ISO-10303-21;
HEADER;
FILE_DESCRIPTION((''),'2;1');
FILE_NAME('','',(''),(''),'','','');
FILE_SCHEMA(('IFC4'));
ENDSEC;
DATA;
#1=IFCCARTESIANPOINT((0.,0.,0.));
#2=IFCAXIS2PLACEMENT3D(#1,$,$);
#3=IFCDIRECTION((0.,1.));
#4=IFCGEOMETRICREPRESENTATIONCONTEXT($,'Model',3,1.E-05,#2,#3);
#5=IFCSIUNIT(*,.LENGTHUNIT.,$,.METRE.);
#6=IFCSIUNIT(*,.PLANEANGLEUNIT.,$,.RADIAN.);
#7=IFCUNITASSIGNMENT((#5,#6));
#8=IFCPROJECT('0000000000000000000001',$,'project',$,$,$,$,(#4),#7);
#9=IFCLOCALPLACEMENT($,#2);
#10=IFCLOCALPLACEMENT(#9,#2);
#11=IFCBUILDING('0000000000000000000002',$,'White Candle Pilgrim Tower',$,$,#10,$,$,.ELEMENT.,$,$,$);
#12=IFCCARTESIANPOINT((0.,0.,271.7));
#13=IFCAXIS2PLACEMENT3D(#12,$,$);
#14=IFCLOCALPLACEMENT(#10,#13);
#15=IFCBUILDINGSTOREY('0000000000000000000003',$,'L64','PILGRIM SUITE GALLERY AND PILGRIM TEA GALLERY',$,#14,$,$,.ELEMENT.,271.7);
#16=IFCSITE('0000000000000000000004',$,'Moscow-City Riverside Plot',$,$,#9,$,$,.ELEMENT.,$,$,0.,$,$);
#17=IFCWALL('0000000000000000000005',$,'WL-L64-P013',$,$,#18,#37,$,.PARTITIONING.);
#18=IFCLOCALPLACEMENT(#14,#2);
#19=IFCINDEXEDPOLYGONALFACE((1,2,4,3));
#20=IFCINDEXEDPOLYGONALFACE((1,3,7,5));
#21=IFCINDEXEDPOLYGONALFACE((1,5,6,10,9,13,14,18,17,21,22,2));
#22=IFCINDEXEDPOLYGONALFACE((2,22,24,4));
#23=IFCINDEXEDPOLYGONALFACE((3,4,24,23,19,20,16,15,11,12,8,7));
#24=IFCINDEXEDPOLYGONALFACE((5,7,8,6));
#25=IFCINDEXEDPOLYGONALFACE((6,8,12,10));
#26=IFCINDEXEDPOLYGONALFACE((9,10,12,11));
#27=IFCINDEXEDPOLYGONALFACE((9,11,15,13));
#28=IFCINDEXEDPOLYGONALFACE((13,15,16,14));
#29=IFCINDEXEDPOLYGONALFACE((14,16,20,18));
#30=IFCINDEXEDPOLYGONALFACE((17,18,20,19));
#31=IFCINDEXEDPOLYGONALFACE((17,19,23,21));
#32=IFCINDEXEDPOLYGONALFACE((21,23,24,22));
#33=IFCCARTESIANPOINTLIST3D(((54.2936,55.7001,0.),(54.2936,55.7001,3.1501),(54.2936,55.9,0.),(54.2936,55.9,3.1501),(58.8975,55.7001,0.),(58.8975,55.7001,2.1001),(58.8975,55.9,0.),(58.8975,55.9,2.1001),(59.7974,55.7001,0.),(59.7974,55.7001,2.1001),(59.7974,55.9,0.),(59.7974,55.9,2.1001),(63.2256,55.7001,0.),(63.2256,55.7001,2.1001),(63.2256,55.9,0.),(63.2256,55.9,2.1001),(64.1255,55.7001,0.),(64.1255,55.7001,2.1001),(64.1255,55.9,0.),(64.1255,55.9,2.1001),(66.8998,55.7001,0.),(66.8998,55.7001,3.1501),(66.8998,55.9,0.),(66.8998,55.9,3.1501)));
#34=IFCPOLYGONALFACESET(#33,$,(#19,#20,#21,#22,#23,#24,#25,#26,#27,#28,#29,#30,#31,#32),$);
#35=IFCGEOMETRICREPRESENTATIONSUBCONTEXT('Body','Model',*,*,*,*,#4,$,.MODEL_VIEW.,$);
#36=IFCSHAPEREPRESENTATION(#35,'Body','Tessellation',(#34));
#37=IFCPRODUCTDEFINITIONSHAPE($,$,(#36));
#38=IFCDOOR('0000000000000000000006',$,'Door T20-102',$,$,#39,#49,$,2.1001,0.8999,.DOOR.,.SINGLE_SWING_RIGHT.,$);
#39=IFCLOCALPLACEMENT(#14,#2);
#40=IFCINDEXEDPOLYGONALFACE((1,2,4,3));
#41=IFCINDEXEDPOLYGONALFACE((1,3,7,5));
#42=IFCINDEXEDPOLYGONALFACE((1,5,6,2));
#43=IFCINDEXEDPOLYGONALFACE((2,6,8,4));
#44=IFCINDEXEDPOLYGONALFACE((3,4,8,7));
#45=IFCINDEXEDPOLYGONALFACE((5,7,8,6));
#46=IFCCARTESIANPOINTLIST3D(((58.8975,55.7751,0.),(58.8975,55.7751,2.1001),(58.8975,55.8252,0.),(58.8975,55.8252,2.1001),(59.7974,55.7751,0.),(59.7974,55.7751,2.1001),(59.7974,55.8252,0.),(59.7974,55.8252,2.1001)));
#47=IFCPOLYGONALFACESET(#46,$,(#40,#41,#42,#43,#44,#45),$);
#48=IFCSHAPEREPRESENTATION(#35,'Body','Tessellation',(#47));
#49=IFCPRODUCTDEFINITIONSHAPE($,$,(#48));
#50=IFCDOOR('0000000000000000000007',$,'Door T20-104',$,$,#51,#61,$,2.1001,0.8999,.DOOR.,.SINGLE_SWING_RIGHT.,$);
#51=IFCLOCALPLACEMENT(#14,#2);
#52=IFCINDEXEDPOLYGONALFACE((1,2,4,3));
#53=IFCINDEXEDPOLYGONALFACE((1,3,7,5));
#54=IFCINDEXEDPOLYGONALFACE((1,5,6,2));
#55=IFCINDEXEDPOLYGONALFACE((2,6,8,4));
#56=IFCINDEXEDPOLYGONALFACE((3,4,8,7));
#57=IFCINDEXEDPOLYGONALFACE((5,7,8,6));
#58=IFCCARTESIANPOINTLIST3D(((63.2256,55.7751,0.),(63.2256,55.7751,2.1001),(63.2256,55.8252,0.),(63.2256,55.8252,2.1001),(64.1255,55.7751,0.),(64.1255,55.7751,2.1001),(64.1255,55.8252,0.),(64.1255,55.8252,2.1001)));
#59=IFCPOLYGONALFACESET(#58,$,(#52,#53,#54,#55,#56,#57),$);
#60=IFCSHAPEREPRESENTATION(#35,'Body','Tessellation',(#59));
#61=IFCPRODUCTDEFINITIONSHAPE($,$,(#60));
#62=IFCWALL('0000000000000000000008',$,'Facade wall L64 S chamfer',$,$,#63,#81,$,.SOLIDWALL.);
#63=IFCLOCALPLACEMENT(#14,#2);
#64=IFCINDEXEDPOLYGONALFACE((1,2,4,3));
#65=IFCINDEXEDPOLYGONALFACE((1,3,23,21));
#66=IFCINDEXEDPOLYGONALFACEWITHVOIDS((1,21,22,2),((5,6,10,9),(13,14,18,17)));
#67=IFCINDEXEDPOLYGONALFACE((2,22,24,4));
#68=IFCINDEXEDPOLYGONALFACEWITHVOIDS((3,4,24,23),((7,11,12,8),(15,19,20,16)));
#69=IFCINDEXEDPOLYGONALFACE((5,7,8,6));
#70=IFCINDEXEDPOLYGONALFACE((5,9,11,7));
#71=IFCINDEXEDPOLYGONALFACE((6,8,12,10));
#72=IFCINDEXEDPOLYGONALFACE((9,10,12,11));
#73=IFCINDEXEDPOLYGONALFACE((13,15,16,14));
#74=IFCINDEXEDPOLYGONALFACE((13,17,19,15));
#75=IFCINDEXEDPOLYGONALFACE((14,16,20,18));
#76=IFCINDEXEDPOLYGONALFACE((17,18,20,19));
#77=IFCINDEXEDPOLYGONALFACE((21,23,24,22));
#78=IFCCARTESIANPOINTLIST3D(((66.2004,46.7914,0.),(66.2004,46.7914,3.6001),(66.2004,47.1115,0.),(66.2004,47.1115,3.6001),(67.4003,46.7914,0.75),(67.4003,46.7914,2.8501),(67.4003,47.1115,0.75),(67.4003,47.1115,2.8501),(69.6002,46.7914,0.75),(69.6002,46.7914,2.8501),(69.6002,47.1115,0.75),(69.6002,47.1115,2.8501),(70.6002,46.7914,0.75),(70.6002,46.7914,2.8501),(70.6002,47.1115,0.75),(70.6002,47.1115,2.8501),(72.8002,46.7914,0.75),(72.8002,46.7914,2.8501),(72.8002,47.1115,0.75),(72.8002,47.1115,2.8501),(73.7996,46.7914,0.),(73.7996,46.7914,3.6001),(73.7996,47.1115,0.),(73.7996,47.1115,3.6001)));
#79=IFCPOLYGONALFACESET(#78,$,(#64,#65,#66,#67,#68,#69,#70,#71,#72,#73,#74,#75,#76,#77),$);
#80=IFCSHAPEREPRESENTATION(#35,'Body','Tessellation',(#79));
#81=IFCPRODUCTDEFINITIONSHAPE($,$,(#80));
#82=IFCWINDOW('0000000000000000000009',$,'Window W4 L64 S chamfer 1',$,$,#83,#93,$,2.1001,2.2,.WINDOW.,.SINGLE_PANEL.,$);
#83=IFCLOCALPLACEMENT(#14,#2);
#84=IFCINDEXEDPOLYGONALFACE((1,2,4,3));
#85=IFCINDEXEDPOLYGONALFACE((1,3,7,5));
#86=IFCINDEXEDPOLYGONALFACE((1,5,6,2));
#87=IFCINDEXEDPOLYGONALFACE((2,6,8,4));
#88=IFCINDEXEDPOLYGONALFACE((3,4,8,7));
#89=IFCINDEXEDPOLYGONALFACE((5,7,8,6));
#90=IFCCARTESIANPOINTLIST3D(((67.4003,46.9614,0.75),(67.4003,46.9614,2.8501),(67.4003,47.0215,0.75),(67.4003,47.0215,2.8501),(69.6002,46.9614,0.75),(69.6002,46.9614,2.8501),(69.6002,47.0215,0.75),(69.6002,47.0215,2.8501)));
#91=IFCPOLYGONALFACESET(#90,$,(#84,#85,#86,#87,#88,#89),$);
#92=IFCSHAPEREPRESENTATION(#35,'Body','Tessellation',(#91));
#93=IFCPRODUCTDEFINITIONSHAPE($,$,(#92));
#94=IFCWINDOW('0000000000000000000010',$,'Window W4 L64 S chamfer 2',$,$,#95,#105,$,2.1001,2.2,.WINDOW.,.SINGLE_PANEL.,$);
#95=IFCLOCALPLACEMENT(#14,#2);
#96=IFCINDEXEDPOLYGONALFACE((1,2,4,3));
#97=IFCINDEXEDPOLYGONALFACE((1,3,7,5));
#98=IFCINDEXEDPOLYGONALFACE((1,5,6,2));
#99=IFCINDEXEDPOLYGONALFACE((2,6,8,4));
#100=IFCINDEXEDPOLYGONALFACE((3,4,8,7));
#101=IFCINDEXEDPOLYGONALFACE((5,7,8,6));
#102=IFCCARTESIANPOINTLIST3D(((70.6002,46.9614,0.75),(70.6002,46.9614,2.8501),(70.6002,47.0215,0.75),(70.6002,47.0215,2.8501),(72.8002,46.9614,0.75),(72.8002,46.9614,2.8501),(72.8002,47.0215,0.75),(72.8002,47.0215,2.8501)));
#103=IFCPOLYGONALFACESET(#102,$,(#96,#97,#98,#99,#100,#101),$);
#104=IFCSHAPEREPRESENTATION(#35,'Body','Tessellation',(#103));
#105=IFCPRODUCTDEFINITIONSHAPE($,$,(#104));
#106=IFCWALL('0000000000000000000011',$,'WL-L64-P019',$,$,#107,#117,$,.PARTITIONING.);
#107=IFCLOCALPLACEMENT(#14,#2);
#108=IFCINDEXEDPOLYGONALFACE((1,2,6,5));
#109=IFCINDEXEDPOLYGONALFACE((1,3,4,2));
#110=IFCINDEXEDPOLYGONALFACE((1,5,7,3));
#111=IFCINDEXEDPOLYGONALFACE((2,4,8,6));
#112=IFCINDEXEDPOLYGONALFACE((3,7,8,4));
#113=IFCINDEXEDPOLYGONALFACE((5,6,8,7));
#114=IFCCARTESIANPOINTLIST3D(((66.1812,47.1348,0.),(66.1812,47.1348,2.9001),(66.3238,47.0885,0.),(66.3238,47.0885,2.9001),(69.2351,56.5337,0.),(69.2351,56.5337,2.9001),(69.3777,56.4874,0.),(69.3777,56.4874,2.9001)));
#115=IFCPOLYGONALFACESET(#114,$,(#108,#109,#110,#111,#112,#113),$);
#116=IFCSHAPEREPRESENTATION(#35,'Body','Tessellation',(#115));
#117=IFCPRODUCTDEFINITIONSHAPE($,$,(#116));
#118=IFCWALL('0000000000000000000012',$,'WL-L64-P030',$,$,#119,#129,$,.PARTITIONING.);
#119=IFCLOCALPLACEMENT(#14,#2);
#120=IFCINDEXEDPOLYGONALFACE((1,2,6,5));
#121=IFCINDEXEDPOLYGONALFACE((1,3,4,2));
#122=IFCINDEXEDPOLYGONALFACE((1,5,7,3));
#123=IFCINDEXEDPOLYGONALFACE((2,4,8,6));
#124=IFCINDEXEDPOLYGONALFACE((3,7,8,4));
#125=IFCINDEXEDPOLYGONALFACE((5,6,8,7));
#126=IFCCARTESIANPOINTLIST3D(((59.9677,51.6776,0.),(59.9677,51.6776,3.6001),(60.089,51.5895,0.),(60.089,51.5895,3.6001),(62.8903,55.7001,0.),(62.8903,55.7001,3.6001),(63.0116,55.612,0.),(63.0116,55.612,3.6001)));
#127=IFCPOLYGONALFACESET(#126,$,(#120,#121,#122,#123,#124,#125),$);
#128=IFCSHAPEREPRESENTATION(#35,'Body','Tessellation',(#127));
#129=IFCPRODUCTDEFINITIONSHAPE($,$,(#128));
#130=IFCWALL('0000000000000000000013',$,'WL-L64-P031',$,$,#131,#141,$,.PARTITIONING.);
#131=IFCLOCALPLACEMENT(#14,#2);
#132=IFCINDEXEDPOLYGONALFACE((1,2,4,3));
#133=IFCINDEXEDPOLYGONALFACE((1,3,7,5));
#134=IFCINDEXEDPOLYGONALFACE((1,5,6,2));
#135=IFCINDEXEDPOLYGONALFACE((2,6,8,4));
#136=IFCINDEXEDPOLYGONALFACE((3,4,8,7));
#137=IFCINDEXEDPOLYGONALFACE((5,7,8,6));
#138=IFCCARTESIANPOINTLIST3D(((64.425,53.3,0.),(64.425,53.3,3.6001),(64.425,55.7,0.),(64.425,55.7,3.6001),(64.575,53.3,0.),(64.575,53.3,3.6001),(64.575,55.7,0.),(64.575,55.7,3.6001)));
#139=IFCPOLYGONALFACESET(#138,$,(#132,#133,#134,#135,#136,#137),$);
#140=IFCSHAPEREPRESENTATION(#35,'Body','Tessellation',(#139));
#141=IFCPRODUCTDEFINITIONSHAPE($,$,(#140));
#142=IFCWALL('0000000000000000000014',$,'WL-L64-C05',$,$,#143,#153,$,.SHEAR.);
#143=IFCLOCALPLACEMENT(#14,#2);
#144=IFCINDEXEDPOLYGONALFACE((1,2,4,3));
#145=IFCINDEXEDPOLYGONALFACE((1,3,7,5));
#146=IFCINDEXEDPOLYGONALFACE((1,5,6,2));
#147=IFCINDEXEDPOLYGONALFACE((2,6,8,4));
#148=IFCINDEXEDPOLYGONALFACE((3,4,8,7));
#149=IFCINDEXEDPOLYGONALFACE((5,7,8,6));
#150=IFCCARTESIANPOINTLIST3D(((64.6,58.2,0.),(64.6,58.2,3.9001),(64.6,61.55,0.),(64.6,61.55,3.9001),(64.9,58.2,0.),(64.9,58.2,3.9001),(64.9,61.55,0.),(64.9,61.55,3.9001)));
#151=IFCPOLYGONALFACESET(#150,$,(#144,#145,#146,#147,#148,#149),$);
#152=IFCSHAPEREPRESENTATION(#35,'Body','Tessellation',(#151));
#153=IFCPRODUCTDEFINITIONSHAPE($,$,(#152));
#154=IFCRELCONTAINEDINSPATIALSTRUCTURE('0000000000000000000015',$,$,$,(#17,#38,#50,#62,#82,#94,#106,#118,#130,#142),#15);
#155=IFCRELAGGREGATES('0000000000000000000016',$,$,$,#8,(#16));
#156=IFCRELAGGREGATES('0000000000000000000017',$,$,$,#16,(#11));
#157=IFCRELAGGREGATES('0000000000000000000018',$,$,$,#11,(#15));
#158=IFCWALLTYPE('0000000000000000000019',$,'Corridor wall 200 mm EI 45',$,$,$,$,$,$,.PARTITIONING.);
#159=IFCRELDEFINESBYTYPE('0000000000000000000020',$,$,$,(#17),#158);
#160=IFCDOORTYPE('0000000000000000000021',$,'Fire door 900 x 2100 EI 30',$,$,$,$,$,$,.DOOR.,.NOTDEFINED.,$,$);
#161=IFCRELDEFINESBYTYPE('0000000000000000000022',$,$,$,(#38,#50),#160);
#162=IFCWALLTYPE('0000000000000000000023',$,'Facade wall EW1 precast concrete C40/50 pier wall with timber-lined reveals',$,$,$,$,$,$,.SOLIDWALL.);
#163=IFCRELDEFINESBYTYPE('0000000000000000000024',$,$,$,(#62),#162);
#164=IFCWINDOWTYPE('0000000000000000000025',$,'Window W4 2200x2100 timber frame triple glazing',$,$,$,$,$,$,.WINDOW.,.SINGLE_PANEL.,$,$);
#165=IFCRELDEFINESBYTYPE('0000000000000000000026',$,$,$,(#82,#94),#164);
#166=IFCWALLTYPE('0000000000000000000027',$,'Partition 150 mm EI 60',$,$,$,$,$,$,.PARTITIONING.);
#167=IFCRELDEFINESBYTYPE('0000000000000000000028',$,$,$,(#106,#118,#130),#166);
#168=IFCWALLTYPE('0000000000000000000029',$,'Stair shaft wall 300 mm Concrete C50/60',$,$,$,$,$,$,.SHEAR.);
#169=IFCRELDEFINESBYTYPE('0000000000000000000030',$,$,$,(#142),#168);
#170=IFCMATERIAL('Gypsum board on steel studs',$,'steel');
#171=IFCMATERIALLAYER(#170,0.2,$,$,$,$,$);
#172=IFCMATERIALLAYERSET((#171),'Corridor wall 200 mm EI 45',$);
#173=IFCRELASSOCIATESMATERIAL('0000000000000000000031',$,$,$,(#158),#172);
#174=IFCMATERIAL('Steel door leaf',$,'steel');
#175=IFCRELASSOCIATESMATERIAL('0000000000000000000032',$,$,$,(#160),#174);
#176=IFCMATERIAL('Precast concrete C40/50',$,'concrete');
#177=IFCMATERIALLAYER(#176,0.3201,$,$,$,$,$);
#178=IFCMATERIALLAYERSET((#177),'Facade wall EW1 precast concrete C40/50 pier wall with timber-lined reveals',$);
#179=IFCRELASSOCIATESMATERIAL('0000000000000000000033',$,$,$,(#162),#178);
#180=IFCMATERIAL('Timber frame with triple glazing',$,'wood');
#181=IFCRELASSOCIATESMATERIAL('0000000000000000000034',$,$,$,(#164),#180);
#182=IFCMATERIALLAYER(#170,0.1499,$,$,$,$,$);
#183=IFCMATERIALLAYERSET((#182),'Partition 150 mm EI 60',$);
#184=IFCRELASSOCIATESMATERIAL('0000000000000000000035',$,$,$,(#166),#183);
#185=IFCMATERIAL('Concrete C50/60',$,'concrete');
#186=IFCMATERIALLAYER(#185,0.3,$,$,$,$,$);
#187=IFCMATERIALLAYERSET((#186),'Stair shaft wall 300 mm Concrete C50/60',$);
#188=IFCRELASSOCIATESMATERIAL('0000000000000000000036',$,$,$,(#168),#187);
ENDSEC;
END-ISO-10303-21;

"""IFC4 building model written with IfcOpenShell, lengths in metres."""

from ifc_helpers import new_model, si_unit, direction, frame, frame_2d, origin, place, context, subcontext, project, spatial, rectangle, extrude, material, layer, layer_set, type_object, element, fill, save


model = new_model("IFC4")

# Units and contexts
model_context = context("Model", 3, precision=1e-05, world=origin(), true_north=direction((0.0, 1.0)))
body_context = subcontext(model_context, "Body", "Model", "MODEL_VIEW")
ifc_project = project(units=[si_unit("LENGTHUNIT", "METRE"), si_unit("PLANEANGLEUNIT", "RADIAN")], contexts=[model_context])

# Site, building, storey
site_placement = place(None, origin())
site = spatial("IfcSite", under=ifc_project, at=site_placement, Name="Moscow-City Riverside Plot", CompositionType="ELEMENT", RefElevation=0.0)
building_placement = place(site_placement, origin())
building = spatial("IfcBuilding", under=site, at=building_placement, Name="White Candle Pilgrim Tower", CompositionType="ELEMENT")
storey_placement = place(building_placement, frame((0.0, 0.0, 271.7)))
storey = spatial("IfcBuildingStorey", under=building, at=storey_placement, Name="L64", Description="PILGRIM SUITE GALLERY AND PILGRIM TEA GALLERY", CompositionType="ELEMENT", Elevation=271.7)

# Shared definitions
ifc_material_1 = material(Name="Concrete C50/60", Category="concrete")

# Shared definitions
ifc_material_2 = material(Name="Gypsum board on steel studs", Category="steel")
ifc_layer_1 = layer(ifc_material_2, 0.2)
ifc_layer_set_1 = layer_set([ifc_layer_1], Name="Corridor wall 200 mm EI 45")
wall_type_1 = type_object("IfcWallType", Name="Corridor wall 200 mm EI 45", PredefinedType="PARTITIONING", material=ifc_layer_set_1)

# Wall, openings, doors
wall_1_placement = place(storey_placement, frame((66.8999, 55.8, 0.0), z_axis=(0.0, 0.0, 1.0), x_axis=(-1.0, 0.0, 0.0)))
wall_1 = element("IfcWall", 1, at=wall_1_placement, inside=storey, type_object=wall_type_1, Name="WL-L64-P013", PredefinedType="PARTITIONING", context=body_context, shape_type="SweptSolid", body=[
    extrude(rectangle(XDim=12.6062, YDim=0.2, at=frame_2d((6.3032, 0.0))), origin(), (0.0, 0.0, 1.0), 3.1501),
])
opening_1_placement = place(wall_1_placement, frame((7.1025, 0.0, 0.0)))
opening_1 = element("IfcOpeningElement", 2, at=opening_1_placement, cuts=wall_1, PredefinedType="OPENING", context=body_context, shape_type="SweptSolid", body=[
    extrude(rectangle(XDim=0.8999, YDim=2.1001, at=frame_2d((0.45, 1.05))), frame((0.0, 0.1099, 0.0), z_axis=(0.0, -1.0, 0.0), x_axis=(1.0, 0.0, 0.0)), (0.0, 0.0, 1.0), 0.22),
])
opening_2_placement = place(wall_1_placement, frame((2.7744, 0.0, 0.0)))
opening_2 = element("IfcOpeningElement", 3, at=opening_2_placement, cuts=wall_1, PredefinedType="OPENING", context=body_context, shape_type="SweptSolid", body=[
    extrude(rectangle(XDim=0.8999, YDim=2.1001, at=frame_2d((0.45, 1.05))), frame((0.0, 0.1099, 0.0), z_axis=(0.0, -1.0, 0.0), x_axis=(1.0, 0.0, 0.0)), (0.0, 0.0, 1.0), 0.22),
])
ifc_material_3 = material(Name="Steel door leaf", Category="steel")
door_type = type_object("IfcDoorType", Name="Fire door 900 x 2100 EI 30", OperationType="NOTDEFINED", PredefinedType="DOOR", material=ifc_material_3)
door_1_placement = place(opening_1_placement, origin())
door_1 = element("IfcDoor", 4, at=door_1_placement, inside=storey, type_object=door_type, Name="Door T20-102", OperationType="SINGLE_SWING_RIGHT", OverallHeight=2.1001, OverallWidth=0.8999, PredefinedType="DOOR", context=body_context, shape_type="SweptSolid", body=[
    extrude(rectangle(XDim=0.8999, YDim=2.1001, at=frame_2d((0.45, 1.05))), frame((0.0, 0.0249, 0.0), z_axis=(0.0, -1.0, 0.0), x_axis=(1.0, 0.0, 0.0)), (0.0, 0.0, 1.0), 0.05),
])
fill(opening_1, door_1)
door_2_placement = place(opening_2_placement, origin())
door_2 = element("IfcDoor", 5, at=door_2_placement, inside=storey, type_object=door_type, Name="Door T20-104", OperationType="SINGLE_SWING_RIGHT", OverallHeight=2.1001, OverallWidth=0.8999, PredefinedType="DOOR", context=body_context, shape_type="SweptSolid", body=[
    extrude(rectangle(XDim=0.8999, YDim=2.1001, at=frame_2d((0.45, 1.05))), frame((0.0, 0.0249, 0.0), z_axis=(0.0, -1.0, 0.0), x_axis=(1.0, 0.0, 0.0)), (0.0, 0.0, 1.0), 0.05),
])
fill(opening_2, door_2)

# Wall, openings, windows
ifc_material_4 = material(Name="Precast concrete C40/50", Category="concrete")
ifc_layer_2 = layer(ifc_material_4, 0.3201)
ifc_layer_set_2 = layer_set([ifc_layer_2], Name="Facade wall EW1 precast concrete C40/50 pier wall with timber-lined reveals")
wall_type_2 = type_object("IfcWallType", Name="Facade wall EW1 precast concrete C40/50 pier wall with timber-lined reveals", PredefinedType="SOLIDWALL", material=ifc_layer_set_2)
wall_2_placement = place(storey_placement, frame((66.2004, 46.9514, 0.0), z_axis=(0.0, 0.0, 1.0), x_axis=(1.0, 0.0, 0.0)))
wall_2 = element("IfcWall", 6, at=wall_2_placement, inside=storey, type_object=wall_type_2, Name="Facade wall L64 S chamfer", PredefinedType="SOLIDWALL", context=body_context, shape_type="SweptSolid", body=[
    extrude(rectangle(XDim=7.5991, YDim=0.3201, at=frame_2d((3.7996, 0.0))), origin(), (0.0, 0.0, 1.0), 3.6001),
])
opening_3_placement = place(wall_2_placement, frame((1.1997, 0.0, 0.75)))
opening_3 = element("IfcOpeningElement", 7, at=opening_3_placement, cuts=wall_2, PredefinedType="OPENING", context=body_context, shape_type="SweptSolid", body=[
    extrude(rectangle(XDim=2.2, YDim=2.1001, at=frame_2d((1.1001, 1.05))), frame((0.0, 0.1699, 0.0), z_axis=(0.0, -1.0, 0.0), x_axis=(1.0, 0.0, 0.0)), (0.0, 0.0, 1.0), 0.3401),
])
opening_4_placement = place(wall_2_placement, frame((4.3997, 0.0, 0.75)))
opening_4 = element("IfcOpeningElement", 8, at=opening_4_placement, cuts=wall_2, PredefinedType="OPENING", context=body_context, shape_type="SweptSolid", body=[
    extrude(rectangle(XDim=2.2, YDim=2.1001, at=frame_2d((1.1001, 1.05))), frame((0.0, 0.1699, 0.0), z_axis=(0.0, -1.0, 0.0), x_axis=(1.0, 0.0, 0.0)), (0.0, 0.0, 1.0), 0.3401),
])
ifc_material_5 = material(Name="Timber frame with triple glazing", Category="wood")
window_type = type_object("IfcWindowType", Name="Window W4 2200x2100 timber frame triple glazing", PartitioningType="SINGLE_PANEL", PredefinedType="WINDOW", material=ifc_material_5)
window_1_placement = place(opening_3_placement, origin())
window_1 = element("IfcWindow", 9, at=window_1_placement, inside=storey, type_object=window_type, Name="Window W4 L64 S chamfer 1", OverallHeight=2.1001, OverallWidth=2.2, PartitioningType="SINGLE_PANEL", PredefinedType="WINDOW", context=body_context, shape_type="SweptSolid", body=[
    extrude(rectangle(XDim=2.2, YDim=2.1001, at=frame_2d((1.1001, 1.05))), frame((0.0, 0.0701, 0.0), z_axis=(0.0, -1.0, 0.0), x_axis=(1.0, 0.0, 0.0)), (0.0, 0.0, 1.0), 0.0601),
])
fill(opening_3, window_1)
window_2_placement = place(opening_4_placement, origin())
window_2 = element("IfcWindow", 10, at=window_2_placement, inside=storey, type_object=window_type, Name="Window W4 L64 S chamfer 2", OverallHeight=2.1001, OverallWidth=2.2, PartitioningType="SINGLE_PANEL", PredefinedType="WINDOW", context=body_context, shape_type="SweptSolid", body=[
    extrude(rectangle(XDim=2.2, YDim=2.1001, at=frame_2d((1.1001, 1.05))), frame((0.0, 0.0701, 0.0), z_axis=(0.0, -1.0, 0.0), x_axis=(1.0, 0.0, 0.0)), (0.0, 0.0, 1.0), 0.0601),
])
fill(opening_4, window_2)

# Walls
ifc_layer_3 = layer(ifc_material_2, 0.1499)
ifc_layer_set_3 = layer_set([ifc_layer_3], Name="Partition 150 mm EI 60")
wall_type_3 = type_object("IfcWallType", Name="Partition 150 mm EI 60", PredefinedType="PARTITIONING", material=ifc_layer_set_3)
wall_3_placement = place(storey_placement, frame((66.2524, 47.1116, 0.0), z_axis=(0.0, 0.0, 1.0), x_axis=(0.309022, 0.951055, 0.0)))
element("IfcWall", 11, at=wall_3_placement, inside=storey, type_object=wall_type_3, Name="WL-L64-P019", PredefinedType="PARTITIONING", context=body_context, shape_type="SweptSolid", body=[
    extrude(rectangle(XDim=9.8826, YDim=0.1499, at=frame_2d((4.9414, 0.0))), origin(), (0.0, 0.0, 1.0), 2.9001),
])
wall_4_placement = place(storey_placement, frame((60.0283, 51.6335, 0.0), z_axis=(0.0, 0.0, 1.0), x_axis=(0.587801, 0.809006, 0.0)))
element("IfcWall", 12, at=wall_4_placement, inside=storey, type_object=wall_type_3, Name="WL-L64-P030", PredefinedType="PARTITIONING", context=body_context, shape_type="SweptSolid", body=[
    extrude(rectangle(XDim=4.9722, YDim=0.1499, at=frame_2d((2.4861, 0.0))), origin(), (0.0, 0.0, 1.0), 3.6001),
])
wall_5_placement = place(storey_placement, frame((64.5, 55.7, 0.0), z_axis=(0.0, 0.0, 1.0), x_axis=(0.0, -1.0, 0.0)))
element("IfcWall", 13, at=wall_5_placement, inside=storey, type_object=wall_type_3, Name="WL-L64-P031", PredefinedType="PARTITIONING", context=body_context, shape_type="SweptSolid", body=[
    extrude(rectangle(XDim=2.3999, YDim=0.1499, at=frame_2d((1.2, 0.0))), origin(), (0.0, 0.0, 1.0), 3.6001),
])
ifc_layer_4 = layer(ifc_material_1, 0.3)
ifc_layer_set_4 = layer_set([ifc_layer_4], Name="Stair shaft wall 300 mm Concrete C50/60")
wall_type_4 = type_object("IfcWallType", Name="Stair shaft wall 300 mm Concrete C50/60", PredefinedType="SHEAR", material=ifc_layer_set_4)
wall_6_placement = place(storey_placement, frame((64.75, 58.2, 0.0), z_axis=(0.0, 0.0, 1.0), x_axis=(0.0, 1.0, 0.0)))
element("IfcWall", 14, at=wall_6_placement, inside=storey, type_object=wall_type_4, Name="WL-L64-C05", PredefinedType="SHEAR", context=body_context, shape_type="SweptSolid", body=[
    extrude(rectangle(XDim=3.3501, YDim=0.3, at=frame_2d((1.675, 0.0))), origin(), (0.0, 0.0, 1.0), 3.9001),
])

save(model, "model.ifc")
